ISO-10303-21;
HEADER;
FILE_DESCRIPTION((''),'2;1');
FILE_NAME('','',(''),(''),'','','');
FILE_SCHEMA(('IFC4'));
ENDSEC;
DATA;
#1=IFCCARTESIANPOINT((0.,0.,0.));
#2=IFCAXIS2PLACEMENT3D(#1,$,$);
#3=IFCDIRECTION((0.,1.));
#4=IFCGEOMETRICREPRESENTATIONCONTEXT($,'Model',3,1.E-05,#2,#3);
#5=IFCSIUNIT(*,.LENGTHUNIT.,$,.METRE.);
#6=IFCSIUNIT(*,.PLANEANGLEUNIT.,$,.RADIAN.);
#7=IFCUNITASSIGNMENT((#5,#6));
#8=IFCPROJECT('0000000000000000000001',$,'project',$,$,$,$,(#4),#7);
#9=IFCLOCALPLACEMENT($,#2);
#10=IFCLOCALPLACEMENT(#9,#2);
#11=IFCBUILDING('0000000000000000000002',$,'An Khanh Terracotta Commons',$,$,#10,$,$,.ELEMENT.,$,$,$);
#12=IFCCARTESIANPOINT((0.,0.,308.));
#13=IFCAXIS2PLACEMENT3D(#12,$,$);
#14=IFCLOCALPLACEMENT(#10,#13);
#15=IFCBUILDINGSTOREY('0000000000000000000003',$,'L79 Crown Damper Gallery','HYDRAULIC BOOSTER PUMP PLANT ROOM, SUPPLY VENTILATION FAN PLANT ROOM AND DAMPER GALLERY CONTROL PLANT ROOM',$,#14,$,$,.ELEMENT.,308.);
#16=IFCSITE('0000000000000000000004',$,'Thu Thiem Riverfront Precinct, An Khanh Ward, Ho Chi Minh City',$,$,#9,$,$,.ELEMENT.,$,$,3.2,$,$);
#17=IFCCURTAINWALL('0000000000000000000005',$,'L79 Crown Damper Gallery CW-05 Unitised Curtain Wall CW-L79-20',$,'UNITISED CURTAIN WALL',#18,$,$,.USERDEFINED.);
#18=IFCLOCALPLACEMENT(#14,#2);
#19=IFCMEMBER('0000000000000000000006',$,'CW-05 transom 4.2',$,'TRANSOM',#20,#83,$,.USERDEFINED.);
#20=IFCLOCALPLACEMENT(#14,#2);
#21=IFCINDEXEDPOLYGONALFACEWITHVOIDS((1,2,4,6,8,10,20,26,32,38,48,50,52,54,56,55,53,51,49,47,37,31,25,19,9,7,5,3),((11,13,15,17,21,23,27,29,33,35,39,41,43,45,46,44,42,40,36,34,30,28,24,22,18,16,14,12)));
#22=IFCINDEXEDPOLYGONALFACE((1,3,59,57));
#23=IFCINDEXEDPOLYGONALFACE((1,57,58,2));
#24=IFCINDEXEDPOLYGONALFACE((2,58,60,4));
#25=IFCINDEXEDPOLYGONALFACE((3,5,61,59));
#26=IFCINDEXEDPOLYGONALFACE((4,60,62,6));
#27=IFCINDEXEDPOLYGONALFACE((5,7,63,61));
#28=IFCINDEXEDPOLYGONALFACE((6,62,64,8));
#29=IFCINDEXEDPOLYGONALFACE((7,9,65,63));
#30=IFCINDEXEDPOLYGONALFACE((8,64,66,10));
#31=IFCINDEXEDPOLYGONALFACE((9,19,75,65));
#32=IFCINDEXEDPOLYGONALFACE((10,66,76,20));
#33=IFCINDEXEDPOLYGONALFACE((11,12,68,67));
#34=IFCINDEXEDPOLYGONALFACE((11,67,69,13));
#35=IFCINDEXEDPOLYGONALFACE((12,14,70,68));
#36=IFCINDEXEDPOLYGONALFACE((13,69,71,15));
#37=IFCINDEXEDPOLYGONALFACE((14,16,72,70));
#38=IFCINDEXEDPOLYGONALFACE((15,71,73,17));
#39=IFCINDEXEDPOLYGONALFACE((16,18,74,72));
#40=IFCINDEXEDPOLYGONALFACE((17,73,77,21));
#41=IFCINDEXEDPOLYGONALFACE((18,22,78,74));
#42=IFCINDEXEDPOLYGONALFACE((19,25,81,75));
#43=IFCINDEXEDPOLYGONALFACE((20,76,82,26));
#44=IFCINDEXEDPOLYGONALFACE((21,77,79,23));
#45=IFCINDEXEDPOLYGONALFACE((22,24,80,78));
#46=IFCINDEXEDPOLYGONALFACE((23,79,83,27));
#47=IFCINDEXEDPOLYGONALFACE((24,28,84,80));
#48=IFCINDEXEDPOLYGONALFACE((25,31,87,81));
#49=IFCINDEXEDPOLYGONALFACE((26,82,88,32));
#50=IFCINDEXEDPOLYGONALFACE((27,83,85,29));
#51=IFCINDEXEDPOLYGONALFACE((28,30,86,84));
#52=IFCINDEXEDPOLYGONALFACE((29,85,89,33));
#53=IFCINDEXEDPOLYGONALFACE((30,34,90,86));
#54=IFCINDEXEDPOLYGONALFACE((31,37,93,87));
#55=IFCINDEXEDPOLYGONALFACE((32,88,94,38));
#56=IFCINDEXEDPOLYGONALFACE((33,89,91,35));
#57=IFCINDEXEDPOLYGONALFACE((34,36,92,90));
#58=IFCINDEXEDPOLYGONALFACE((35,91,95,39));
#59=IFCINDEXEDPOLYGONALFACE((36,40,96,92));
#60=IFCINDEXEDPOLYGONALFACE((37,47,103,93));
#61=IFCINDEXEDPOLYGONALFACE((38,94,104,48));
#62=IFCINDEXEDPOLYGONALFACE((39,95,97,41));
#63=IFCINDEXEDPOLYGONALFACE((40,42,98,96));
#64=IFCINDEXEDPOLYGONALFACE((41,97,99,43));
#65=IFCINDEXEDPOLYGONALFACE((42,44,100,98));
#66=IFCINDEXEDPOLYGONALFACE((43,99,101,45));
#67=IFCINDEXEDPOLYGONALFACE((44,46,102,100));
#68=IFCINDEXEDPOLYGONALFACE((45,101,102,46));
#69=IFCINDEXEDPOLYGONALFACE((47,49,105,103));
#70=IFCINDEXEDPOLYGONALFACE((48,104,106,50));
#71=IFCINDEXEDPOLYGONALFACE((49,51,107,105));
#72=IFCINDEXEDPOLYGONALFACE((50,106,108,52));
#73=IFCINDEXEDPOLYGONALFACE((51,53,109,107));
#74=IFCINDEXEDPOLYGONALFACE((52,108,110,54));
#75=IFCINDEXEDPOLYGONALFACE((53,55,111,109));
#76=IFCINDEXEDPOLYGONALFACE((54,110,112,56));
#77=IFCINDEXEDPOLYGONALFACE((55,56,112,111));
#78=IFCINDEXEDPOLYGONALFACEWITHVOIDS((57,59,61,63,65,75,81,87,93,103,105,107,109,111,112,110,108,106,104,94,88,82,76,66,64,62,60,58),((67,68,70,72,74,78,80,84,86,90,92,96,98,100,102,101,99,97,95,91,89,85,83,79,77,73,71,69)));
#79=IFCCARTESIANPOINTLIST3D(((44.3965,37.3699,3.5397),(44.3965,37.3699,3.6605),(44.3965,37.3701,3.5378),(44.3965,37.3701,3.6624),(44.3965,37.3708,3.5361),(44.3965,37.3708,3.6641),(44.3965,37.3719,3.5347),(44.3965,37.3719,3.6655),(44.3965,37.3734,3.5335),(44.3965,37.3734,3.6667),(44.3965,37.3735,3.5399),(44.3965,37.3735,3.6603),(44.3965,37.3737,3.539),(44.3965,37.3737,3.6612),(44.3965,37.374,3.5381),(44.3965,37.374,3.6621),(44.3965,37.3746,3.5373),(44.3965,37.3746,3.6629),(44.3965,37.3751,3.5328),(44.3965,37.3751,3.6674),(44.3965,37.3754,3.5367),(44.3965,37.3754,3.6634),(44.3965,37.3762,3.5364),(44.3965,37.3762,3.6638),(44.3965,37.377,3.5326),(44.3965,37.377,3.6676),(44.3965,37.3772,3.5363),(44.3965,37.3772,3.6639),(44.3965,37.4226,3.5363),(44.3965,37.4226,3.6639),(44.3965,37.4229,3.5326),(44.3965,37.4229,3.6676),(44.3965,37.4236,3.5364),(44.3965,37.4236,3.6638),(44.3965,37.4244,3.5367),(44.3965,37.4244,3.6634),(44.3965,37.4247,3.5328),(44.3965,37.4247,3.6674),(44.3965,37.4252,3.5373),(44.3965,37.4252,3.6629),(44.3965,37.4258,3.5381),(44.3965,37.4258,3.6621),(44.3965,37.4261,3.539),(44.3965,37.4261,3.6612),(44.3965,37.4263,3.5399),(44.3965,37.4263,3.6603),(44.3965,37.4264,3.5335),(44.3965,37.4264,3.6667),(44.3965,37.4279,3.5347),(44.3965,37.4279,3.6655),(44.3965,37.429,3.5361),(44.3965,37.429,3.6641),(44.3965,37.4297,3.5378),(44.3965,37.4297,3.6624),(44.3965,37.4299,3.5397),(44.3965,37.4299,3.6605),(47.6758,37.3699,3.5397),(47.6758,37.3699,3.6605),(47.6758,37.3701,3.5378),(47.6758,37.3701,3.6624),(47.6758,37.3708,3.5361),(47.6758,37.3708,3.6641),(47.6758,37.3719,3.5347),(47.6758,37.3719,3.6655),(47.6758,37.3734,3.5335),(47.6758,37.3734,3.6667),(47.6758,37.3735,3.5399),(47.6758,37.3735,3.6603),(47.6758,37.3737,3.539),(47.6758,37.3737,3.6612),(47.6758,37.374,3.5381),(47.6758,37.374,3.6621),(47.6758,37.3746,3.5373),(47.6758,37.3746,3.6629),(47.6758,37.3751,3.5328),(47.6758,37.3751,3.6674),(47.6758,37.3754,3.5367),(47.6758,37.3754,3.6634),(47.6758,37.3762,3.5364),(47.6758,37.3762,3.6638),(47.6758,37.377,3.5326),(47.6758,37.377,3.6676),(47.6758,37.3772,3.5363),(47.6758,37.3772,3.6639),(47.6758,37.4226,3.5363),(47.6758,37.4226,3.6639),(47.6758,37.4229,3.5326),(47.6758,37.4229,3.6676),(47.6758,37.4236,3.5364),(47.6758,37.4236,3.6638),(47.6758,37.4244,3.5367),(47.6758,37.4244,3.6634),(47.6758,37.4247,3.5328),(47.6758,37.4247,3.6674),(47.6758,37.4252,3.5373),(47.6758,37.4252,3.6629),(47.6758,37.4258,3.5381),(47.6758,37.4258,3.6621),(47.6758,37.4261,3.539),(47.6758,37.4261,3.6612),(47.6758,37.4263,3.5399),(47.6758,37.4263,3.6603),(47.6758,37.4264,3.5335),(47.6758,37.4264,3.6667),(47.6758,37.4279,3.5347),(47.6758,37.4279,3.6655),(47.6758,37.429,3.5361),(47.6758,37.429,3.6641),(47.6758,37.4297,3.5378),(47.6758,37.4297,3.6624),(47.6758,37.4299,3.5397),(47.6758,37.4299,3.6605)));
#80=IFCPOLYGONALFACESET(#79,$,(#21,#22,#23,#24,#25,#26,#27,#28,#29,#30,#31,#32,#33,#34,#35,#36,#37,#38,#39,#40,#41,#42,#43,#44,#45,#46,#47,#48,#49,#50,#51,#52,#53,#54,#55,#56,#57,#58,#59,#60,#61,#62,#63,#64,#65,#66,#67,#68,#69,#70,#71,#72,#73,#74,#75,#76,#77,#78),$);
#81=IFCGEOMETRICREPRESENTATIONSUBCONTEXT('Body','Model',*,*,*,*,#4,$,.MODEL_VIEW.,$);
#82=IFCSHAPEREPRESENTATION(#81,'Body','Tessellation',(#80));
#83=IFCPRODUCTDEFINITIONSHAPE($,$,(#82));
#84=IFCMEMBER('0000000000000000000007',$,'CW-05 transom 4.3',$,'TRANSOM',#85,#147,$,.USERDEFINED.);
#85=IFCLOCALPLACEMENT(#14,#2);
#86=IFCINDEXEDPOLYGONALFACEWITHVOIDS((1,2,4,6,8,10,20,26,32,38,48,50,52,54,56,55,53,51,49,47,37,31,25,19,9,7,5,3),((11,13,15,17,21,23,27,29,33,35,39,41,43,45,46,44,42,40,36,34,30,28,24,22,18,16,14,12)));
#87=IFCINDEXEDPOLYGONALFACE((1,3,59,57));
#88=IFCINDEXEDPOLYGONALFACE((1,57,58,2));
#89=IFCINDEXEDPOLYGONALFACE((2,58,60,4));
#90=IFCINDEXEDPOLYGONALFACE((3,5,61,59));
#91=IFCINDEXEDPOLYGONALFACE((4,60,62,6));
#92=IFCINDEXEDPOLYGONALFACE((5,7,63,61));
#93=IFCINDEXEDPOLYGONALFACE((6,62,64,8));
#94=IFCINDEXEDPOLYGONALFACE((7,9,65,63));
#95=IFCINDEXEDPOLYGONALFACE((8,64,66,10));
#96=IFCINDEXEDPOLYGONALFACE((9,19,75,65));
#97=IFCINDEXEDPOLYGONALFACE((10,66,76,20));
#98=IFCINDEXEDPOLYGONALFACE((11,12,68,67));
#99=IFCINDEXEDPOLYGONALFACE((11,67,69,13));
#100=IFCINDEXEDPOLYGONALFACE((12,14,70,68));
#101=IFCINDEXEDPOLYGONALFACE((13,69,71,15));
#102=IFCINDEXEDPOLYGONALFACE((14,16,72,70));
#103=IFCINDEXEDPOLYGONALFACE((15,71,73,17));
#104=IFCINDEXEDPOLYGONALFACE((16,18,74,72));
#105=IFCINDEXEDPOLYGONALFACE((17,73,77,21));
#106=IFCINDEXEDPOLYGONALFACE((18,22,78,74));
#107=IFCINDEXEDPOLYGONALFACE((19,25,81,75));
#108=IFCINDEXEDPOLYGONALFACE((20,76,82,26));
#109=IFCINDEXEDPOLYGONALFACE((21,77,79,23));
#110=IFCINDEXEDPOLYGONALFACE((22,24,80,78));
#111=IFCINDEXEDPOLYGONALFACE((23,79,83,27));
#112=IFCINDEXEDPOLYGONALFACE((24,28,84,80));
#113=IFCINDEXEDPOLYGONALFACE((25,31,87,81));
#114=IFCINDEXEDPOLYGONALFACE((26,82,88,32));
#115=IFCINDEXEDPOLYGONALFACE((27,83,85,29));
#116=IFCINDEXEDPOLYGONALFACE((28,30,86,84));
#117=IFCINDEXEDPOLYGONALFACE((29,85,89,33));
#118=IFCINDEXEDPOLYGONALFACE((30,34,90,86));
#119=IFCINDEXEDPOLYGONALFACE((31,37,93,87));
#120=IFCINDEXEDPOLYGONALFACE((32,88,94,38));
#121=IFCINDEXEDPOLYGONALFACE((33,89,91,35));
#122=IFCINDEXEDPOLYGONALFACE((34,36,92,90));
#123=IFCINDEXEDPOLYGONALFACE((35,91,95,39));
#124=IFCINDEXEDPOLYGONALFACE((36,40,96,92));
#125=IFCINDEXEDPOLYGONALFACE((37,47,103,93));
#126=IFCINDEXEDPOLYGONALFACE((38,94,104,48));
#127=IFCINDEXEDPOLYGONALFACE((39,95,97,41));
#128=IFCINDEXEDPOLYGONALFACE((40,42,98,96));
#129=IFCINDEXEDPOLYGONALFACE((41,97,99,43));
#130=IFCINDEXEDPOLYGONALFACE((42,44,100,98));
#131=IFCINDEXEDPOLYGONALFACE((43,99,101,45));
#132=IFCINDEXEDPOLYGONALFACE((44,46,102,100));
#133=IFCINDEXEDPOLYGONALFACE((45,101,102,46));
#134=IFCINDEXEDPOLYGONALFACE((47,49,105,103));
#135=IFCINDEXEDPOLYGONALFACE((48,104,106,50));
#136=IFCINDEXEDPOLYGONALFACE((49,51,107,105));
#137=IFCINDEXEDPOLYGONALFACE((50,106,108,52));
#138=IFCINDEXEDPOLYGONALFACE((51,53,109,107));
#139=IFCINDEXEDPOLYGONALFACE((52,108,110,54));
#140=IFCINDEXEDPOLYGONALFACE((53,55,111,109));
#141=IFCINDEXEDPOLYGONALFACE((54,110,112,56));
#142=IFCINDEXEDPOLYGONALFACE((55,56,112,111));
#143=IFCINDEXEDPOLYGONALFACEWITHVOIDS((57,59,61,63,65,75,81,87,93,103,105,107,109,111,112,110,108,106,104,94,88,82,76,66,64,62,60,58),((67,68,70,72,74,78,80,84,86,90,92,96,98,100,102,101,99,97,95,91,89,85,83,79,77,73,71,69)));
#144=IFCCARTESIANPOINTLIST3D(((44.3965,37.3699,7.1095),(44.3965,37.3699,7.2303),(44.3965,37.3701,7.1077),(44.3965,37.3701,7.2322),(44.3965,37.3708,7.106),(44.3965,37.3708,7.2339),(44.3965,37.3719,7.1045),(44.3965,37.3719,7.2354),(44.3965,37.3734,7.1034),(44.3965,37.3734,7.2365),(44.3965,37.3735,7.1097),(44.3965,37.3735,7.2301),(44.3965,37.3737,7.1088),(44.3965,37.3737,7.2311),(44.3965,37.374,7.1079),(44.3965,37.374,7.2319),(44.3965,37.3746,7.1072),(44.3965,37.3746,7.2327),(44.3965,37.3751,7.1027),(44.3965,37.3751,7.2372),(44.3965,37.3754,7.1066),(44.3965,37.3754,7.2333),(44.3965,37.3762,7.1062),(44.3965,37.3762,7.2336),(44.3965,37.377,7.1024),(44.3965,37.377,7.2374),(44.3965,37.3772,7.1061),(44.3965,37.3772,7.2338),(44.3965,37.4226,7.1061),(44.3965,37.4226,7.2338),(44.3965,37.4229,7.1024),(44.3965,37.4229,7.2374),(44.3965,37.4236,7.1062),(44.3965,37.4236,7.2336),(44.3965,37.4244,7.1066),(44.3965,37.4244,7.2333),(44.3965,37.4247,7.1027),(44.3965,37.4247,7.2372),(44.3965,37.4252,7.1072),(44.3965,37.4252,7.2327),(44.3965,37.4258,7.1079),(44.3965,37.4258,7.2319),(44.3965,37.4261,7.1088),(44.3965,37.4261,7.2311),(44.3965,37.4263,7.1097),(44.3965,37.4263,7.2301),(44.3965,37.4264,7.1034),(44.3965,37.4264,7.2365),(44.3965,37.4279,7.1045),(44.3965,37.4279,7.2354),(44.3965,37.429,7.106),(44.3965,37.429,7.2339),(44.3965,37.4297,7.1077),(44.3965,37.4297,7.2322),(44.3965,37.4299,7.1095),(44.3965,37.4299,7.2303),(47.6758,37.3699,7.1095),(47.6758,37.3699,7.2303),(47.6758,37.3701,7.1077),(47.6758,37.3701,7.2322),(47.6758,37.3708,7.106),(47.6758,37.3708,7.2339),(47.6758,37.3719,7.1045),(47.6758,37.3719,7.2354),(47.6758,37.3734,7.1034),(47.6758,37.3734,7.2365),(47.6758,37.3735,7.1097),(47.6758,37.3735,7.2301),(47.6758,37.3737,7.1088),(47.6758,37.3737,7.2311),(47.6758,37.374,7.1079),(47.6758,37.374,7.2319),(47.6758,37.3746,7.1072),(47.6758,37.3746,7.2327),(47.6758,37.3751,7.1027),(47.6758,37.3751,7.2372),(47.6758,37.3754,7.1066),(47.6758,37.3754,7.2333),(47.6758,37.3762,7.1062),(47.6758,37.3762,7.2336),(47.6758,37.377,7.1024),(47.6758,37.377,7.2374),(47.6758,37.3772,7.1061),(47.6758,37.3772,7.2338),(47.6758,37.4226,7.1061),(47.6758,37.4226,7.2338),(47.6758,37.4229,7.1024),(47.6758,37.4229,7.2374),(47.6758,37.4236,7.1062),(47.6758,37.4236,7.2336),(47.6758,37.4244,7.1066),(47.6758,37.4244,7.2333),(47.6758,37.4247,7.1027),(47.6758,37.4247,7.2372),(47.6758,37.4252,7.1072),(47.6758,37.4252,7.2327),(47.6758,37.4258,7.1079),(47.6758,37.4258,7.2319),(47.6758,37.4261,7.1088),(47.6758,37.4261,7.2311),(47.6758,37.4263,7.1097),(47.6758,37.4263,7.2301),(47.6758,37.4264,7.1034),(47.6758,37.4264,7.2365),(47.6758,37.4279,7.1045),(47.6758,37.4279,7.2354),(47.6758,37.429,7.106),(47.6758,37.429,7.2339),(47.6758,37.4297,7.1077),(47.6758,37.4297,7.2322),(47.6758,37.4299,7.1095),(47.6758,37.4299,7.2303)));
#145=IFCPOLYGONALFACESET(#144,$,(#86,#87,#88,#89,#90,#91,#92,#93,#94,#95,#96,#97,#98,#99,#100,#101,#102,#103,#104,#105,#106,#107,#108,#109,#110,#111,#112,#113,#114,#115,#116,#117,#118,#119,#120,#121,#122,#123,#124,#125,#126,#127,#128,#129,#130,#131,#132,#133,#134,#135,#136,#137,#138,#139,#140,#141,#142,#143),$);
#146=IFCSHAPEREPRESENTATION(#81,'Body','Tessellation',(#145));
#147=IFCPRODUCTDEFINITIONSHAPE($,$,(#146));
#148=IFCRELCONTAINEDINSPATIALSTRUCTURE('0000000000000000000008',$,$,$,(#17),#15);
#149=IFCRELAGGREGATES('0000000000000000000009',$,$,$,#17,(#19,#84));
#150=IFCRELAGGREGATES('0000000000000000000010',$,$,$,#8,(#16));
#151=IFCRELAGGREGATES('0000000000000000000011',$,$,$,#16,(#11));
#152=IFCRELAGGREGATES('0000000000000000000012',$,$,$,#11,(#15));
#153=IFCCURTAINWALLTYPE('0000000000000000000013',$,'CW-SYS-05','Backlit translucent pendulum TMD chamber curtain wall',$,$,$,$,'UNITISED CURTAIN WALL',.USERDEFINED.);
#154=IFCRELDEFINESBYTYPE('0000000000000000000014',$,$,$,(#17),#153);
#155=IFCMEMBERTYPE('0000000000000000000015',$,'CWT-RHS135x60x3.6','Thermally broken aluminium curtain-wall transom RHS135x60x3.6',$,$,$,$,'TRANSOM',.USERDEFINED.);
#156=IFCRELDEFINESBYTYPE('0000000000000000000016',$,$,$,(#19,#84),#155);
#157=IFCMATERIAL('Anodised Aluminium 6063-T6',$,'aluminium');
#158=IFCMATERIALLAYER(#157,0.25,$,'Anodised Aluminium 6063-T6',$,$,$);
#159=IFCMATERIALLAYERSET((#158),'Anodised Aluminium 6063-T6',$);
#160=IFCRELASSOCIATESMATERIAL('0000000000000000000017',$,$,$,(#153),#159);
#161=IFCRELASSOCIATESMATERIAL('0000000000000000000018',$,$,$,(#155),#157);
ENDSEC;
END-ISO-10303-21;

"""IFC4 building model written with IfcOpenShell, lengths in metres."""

from ifc_helpers import new_model, si_unit, direction, frame, origin, origin_2d, place, context, subcontext, project, spatial, hollow_rectangle, extrude, material, layer, layer_set, material_profile, profile_set, type_object, element, aggregate, save


model = new_model("IFC4")

# Units and contexts
model_context = context("Model", 3, precision=1e-05, world=origin(), true_north=direction((0.0, 1.0)))
body_context = subcontext(model_context, "Body", "Model", "MODEL_VIEW")
ifc_project = project(units=[si_unit("LENGTHUNIT", "METRE"), si_unit("PLANEANGLEUNIT", "RADIAN")], contexts=[model_context])

# Site, building, storey
site_placement = place(None, origin())
site = spatial("IfcSite", under=ifc_project, at=site_placement, Name="Thu Thiem Riverfront Precinct, An Khanh Ward, Ho Chi Minh City", CompositionType="ELEMENT", RefElevation=3.2)
building_placement = place(site_placement, origin())
building = spatial("IfcBuilding", under=site, at=building_placement, Name="An Khanh Terracotta Commons", CompositionType="ELEMENT")
storey_placement = place(building_placement, frame((0.0, 0.0, 308.0)))
storey = spatial("IfcBuildingStorey", under=building, at=storey_placement, Name="L79 Crown Damper Gallery", Description="HYDRAULIC BOOSTER PUMP PLANT ROOM, SUPPLY VENTILATION FAN PLANT ROOM AND DAMPER GALLERY CONTROL PLANT ROOM", CompositionType="ELEMENT", Elevation=308.0)

# Curtain wall, members
ifc_material_1 = material(Name="Anodised Aluminium 6063-T6", Category="aluminium")
ifc_layer_1 = layer(ifc_material_1, 0.25, Name="Anodised Aluminium 6063-T6")
ifc_layer_set_1 = layer_set([ifc_layer_1], Name="Anodised Aluminium 6063-T6")
curtain_wall_type = type_object("IfcCurtainWallType", Name="CW-SYS-05", Description="Backlit translucent pendulum TMD chamber curtain wall", ElementType="UNITISED CURTAIN WALL", PredefinedType="USERDEFINED", material=ifc_layer_set_1)
curtain_wall_placement = place(storey_placement, origin())
curtain_wall = element("IfcCurtainWall", 1, at=curtain_wall_placement, inside=storey, type_object=curtain_wall_type, Name="L79 Crown Damper Gallery CW-05 Unitised Curtain Wall CW-L79-20", ObjectType="UNITISED CURTAIN WALL", PredefinedType="USERDEFINED")
ifc_material_profile_1 = material_profile(ifc_material_1, hollow_rectangle(XDim=0.0601, YDim=0.135, WallThickness=0.0037, InnerFilletRadius=0.0037, OuterFilletRadius=0.0071, at=origin_2d()), Name="RHS135x60x3.6")
ifc_profile_set_1 = profile_set([ifc_material_profile_1], Name="Anodised Aluminium 6063-T6")
member_type_1 = type_object("IfcMemberType", Name="CWT-RHS135x60x3.6", Description="Thermally broken aluminium curtain-wall transom RHS135x60x3.6", ElementType="TRANSOM", PredefinedType="USERDEFINED", material=ifc_profile_set_1)
member_1_placement = place(storey_placement, frame((47.6758, 37.3999, 3.6001), z_axis=(-1.0, 0.0, 0.0), x_axis=(0.0, -1.0, 0.0)))
member_1 = element("IfcMember", 2, at=member_1_placement, type_object=member_type_1, Name="CW-05 transom 4.2", ObjectType="TRANSOM", PredefinedType="USERDEFINED", context=body_context, shape_type="SweptSolid", body=[
    extrude(hollow_rectangle(XDim=0.0601, YDim=0.135, WallThickness=0.0037, InnerFilletRadius=0.0037, OuterFilletRadius=0.0071, at=origin_2d()), origin(), (0.0, 0.0, 1.0), 3.2793),
])
member_2_placement = place(storey_placement, frame((47.6758, 37.3999, 7.1699), z_axis=(-1.0, 0.0, 0.0), x_axis=(0.0, -1.0, 0.0)))
member_2 = element("IfcMember", 3, at=member_2_placement, type_object=member_type_1, Name="CW-05 transom 4.3", ObjectType="TRANSOM", PredefinedType="USERDEFINED", context=body_context, shape_type="SweptSolid", body=[
    extrude(hollow_rectangle(XDim=0.0601, YDim=0.135, WallThickness=0.0037, InnerFilletRadius=0.0037, OuterFilletRadius=0.0071, at=origin_2d()), origin(), (0.0, 0.0, 1.0), 3.2793),
])

aggregate(curtain_wall, [member_1, member_2])

save(model, "model.ifc")
